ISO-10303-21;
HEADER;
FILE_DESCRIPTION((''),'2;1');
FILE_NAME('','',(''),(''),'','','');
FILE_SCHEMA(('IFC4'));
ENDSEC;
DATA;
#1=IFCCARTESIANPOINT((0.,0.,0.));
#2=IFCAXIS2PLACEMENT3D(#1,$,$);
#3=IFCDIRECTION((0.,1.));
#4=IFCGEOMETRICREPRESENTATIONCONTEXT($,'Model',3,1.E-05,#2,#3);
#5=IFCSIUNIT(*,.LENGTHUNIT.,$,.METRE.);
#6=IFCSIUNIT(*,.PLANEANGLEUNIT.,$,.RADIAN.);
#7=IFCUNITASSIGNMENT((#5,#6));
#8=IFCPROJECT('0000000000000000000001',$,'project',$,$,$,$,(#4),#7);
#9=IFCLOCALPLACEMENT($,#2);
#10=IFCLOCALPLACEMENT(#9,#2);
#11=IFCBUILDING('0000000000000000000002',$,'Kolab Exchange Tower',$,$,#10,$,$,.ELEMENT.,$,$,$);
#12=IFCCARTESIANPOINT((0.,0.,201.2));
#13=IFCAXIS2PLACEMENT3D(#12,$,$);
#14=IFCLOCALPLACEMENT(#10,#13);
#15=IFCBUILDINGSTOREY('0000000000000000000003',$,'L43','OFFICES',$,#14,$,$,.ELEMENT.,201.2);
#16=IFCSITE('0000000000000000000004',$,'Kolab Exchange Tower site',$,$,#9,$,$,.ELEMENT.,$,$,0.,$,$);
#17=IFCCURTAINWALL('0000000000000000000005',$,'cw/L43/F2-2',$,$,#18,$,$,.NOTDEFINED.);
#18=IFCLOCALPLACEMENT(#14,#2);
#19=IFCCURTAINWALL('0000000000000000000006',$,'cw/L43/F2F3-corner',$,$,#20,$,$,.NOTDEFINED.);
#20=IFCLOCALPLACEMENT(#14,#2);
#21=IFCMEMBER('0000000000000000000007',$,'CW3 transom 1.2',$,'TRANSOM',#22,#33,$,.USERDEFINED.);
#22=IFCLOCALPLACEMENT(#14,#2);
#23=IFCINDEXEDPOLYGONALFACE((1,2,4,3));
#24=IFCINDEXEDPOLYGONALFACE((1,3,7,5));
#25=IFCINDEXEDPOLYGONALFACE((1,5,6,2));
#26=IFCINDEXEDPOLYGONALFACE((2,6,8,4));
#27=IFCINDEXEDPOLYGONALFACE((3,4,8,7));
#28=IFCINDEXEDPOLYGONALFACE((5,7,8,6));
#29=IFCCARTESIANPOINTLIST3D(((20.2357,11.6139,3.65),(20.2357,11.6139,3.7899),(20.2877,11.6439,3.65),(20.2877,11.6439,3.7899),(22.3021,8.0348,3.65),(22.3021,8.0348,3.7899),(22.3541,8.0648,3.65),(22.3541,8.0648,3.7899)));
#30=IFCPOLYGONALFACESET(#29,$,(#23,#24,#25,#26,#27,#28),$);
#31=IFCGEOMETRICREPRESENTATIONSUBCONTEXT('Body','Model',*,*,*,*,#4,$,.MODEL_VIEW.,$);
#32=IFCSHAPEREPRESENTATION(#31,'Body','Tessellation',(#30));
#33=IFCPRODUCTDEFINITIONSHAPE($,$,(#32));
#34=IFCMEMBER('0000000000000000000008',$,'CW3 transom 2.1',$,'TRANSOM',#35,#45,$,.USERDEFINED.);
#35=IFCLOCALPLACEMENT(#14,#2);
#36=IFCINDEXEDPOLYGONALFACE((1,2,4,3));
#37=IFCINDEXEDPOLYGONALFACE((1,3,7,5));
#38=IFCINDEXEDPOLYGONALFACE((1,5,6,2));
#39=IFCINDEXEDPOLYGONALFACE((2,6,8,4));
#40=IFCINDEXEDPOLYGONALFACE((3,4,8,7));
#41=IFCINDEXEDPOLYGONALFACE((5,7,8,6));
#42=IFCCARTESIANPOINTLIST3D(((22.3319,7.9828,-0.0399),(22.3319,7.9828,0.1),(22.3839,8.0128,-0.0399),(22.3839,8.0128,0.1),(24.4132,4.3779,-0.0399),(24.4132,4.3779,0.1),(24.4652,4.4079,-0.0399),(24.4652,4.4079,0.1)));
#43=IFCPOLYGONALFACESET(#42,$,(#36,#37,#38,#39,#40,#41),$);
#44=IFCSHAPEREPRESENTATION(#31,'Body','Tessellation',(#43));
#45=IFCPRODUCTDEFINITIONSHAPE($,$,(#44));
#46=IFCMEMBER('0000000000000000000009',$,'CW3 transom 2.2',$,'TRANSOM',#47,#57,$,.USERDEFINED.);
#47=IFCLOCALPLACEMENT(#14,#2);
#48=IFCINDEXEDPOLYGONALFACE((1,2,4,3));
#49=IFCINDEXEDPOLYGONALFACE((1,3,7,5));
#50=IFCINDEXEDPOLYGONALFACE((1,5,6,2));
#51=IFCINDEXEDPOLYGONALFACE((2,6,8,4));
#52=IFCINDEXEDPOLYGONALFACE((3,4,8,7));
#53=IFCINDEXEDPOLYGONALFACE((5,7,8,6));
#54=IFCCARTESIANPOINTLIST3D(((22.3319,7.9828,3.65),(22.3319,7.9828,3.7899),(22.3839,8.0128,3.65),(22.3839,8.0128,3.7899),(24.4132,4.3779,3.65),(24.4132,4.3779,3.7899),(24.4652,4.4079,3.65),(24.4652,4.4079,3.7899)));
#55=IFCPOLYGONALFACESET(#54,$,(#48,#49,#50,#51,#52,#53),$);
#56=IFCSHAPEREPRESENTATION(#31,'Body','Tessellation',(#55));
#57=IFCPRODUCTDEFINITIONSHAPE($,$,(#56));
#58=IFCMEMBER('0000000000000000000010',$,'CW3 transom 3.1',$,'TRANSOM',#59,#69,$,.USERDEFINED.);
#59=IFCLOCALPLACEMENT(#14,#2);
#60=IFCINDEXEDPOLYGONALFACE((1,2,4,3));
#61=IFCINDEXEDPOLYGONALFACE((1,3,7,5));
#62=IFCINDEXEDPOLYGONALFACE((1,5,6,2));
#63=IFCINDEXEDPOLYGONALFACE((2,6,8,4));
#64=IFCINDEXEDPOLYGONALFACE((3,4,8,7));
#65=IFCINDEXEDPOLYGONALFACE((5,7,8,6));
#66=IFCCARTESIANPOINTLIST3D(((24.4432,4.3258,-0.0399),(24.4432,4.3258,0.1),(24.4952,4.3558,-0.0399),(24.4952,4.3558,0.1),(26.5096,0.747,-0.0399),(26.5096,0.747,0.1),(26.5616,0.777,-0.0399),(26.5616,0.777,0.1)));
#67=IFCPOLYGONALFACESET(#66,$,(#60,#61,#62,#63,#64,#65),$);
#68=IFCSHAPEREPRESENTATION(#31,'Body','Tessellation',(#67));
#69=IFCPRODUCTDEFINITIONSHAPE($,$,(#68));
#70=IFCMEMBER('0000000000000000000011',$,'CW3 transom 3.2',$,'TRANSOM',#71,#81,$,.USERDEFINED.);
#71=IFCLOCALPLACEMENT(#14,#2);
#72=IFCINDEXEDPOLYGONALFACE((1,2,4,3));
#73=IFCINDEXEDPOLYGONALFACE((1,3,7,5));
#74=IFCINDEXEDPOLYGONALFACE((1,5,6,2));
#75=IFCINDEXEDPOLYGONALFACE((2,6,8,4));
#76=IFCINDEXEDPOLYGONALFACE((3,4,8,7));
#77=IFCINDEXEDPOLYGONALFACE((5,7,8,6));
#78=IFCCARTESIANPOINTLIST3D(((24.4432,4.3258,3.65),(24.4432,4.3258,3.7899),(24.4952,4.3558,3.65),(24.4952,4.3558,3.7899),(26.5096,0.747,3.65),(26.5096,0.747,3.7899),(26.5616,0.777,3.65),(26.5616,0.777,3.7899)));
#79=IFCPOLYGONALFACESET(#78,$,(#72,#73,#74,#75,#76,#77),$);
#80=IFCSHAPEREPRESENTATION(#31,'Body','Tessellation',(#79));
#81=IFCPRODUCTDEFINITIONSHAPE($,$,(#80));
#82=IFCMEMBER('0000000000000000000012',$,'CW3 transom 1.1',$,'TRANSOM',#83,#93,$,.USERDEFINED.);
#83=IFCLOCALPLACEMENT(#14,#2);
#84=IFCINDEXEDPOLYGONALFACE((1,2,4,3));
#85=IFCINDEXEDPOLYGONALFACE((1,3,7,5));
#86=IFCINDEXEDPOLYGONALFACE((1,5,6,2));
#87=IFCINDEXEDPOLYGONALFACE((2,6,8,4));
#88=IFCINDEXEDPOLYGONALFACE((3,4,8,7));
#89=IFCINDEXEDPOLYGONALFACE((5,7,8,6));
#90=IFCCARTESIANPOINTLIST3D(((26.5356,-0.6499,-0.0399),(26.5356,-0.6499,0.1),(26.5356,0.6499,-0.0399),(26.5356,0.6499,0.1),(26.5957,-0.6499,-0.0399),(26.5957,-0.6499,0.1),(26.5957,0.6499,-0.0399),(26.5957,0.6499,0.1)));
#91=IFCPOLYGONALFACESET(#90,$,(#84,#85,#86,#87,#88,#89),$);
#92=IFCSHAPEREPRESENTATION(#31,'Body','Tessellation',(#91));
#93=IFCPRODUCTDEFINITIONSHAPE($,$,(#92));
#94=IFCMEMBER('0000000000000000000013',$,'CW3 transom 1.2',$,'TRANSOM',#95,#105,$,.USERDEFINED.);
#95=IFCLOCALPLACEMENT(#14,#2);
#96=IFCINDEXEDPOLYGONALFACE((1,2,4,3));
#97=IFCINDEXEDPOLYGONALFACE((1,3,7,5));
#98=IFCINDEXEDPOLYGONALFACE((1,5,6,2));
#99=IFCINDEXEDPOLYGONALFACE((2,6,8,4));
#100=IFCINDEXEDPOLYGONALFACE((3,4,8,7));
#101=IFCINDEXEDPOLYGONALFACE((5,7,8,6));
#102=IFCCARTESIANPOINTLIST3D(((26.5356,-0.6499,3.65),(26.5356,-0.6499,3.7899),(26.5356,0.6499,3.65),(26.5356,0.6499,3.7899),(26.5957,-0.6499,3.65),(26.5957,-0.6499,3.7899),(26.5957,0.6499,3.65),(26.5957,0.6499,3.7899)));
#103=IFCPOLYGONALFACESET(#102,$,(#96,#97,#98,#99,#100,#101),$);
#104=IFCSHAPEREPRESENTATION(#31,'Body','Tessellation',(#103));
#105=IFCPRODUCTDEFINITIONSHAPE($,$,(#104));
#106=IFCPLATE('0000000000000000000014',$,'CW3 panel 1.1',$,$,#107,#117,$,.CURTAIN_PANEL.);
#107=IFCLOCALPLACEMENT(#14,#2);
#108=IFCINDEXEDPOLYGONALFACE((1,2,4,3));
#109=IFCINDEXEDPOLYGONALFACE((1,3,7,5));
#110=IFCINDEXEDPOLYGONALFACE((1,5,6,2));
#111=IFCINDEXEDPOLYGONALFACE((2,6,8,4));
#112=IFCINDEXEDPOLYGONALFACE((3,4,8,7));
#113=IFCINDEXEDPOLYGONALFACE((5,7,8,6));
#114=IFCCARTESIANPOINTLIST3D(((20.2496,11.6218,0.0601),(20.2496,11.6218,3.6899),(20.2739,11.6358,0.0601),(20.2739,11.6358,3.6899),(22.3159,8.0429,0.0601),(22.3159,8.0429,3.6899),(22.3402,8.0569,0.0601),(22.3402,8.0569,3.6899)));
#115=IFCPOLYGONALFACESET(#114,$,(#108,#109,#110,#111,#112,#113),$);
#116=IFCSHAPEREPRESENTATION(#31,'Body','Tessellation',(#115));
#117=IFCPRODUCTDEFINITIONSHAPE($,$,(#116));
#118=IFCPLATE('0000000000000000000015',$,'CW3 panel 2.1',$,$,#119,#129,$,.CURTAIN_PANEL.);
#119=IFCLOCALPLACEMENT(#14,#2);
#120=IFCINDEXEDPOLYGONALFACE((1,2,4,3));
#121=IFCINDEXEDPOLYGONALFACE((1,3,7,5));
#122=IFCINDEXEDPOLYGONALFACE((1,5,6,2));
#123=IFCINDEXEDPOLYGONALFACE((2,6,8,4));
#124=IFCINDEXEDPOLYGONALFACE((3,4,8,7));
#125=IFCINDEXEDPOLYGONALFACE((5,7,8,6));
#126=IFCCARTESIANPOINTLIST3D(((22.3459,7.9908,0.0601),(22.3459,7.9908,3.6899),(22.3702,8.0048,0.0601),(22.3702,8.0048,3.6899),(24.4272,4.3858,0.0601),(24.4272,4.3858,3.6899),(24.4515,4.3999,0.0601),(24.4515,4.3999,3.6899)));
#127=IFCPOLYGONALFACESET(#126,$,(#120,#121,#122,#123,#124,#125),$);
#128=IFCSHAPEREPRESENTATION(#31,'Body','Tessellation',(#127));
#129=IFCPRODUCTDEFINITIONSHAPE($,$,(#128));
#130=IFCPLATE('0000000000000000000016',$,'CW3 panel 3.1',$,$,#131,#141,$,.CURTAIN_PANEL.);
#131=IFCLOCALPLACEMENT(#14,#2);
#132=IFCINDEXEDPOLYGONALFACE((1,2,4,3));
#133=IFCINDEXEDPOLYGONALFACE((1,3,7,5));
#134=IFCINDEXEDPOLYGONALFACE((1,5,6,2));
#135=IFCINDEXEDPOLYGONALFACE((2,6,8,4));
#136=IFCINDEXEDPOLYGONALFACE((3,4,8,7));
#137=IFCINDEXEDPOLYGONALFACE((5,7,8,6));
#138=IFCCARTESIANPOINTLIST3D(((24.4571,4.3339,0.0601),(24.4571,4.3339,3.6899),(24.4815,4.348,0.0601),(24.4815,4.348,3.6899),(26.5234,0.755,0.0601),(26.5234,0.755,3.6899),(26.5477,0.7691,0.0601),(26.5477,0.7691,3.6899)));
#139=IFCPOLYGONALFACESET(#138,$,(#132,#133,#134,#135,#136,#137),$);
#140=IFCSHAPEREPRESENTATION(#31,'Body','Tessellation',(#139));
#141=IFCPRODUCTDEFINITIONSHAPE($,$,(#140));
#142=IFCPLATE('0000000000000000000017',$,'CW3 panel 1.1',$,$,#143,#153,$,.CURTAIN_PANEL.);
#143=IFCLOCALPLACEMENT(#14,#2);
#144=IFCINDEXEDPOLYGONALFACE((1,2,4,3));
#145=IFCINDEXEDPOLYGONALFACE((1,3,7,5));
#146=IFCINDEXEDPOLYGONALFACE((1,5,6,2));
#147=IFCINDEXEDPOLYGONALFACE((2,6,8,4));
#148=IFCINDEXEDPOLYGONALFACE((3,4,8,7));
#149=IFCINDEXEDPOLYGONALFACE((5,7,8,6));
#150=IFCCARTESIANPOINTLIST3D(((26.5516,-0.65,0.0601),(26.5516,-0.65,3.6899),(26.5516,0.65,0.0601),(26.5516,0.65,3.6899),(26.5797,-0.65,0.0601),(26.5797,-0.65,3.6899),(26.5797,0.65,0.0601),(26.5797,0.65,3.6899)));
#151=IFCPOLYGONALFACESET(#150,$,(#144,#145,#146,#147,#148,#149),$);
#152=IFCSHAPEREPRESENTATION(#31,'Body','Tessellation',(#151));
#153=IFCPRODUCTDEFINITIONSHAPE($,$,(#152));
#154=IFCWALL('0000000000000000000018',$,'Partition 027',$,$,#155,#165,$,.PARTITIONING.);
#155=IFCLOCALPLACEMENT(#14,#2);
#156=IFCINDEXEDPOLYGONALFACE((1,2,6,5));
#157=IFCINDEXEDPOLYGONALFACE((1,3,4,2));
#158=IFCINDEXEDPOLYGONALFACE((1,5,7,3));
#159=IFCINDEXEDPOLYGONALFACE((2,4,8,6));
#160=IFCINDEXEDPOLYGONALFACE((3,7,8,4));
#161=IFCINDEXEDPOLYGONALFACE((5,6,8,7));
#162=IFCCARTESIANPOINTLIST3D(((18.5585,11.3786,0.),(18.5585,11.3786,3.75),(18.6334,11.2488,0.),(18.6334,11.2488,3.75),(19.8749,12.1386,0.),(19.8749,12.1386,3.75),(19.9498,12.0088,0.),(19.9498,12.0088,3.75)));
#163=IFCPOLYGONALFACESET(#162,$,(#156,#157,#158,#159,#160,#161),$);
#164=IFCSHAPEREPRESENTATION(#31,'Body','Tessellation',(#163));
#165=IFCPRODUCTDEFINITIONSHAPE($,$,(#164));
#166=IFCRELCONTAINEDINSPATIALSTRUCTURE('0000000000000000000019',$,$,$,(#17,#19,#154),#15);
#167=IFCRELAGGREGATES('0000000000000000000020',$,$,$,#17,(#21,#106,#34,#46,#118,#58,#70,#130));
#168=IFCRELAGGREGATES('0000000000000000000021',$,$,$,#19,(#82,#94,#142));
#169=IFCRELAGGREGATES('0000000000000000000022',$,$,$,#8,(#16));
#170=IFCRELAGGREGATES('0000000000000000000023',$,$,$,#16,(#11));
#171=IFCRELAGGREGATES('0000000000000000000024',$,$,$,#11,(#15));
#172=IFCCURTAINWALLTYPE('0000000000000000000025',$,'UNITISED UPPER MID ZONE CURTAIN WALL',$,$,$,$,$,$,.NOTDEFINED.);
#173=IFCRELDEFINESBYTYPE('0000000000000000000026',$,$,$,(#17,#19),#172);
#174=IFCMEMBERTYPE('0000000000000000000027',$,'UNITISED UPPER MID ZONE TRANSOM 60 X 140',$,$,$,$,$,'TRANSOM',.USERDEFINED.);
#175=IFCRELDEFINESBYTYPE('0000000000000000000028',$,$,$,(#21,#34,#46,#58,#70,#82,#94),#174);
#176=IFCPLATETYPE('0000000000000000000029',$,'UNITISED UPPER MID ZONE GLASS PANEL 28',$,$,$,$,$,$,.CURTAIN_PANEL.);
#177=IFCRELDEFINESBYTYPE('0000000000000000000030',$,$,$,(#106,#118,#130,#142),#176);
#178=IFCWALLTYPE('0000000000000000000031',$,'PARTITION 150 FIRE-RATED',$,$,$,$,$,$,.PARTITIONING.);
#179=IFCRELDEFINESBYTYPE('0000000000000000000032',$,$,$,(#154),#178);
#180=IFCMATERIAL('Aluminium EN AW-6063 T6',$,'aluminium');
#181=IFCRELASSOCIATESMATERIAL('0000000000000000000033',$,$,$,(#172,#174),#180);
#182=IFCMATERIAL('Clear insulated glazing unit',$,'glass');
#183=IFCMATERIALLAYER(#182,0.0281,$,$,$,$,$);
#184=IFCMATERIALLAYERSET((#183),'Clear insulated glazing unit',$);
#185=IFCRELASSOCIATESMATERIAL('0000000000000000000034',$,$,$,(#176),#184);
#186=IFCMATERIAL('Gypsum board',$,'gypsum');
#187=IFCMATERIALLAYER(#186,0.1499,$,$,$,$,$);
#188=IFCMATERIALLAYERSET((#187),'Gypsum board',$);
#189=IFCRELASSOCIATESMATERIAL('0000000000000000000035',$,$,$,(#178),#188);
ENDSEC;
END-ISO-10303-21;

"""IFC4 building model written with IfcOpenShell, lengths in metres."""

from ifc_helpers import new_model, si_unit, direction, frame, frame_2d, origin, origin_2d, place, context, subcontext, project, spatial, rectangle, extrude, material, layer, layer_set, material_profile, profile_set, type_object, element, aggregate, save


model = new_model("IFC4")

# Units and contexts
model_context = context("Model", 3, precision=1e-05, world=origin(), true_north=direction((0.0, 1.0)))
body_context = subcontext(model_context, "Body", "Model", "MODEL_VIEW")
ifc_project = project(units=[si_unit("LENGTHUNIT", "METRE"), si_unit("PLANEANGLEUNIT", "RADIAN")], contexts=[model_context])

# Site, building, storey
site_placement = place(None, origin())
site = spatial("IfcSite", under=ifc_project, at=site_placement, Name="Kolab Exchange Tower site", CompositionType="ELEMENT", RefElevation=0.0)
building_placement = place(site_placement, origin())
building = spatial("IfcBuilding", under=site, at=building_placement, Name="Kolab Exchange Tower", CompositionType="ELEMENT")
storey_placement = place(building_placement, frame((0.0, 0.0, 201.2)))
storey = spatial("IfcBuildingStorey", under=building, at=storey_placement, Name="L43", Description="OFFICES", CompositionType="ELEMENT", Elevation=201.2)

# Curtain wall
ifc_material_1 = material(Name="Aluminium EN AW-6063 T6", Category="aluminium")
curtain_wall_type = type_object("IfcCurtainWallType", Name="UNITISED UPPER MID ZONE CURTAIN WALL", PredefinedType="NOTDEFINED", material=ifc_material_1)
curtain_wall_1_placement = place(storey_placement, origin())
curtain_wall_1 = element("IfcCurtainWall", 1, at=curtain_wall_1_placement, inside=storey, type_object=curtain_wall_type, Name="cw/L43/F2-2", PredefinedType="NOTDEFINED")

# Curtain wall
curtain_wall_2_placement = place(storey_placement, origin())
curtain_wall_2 = element("IfcCurtainWall", 2, at=curtain_wall_2_placement, inside=storey, type_object=curtain_wall_type, Name="cw/L43/F2F3-corner", PredefinedType="NOTDEFINED")

# Members
ifc_material_profile_1 = material_profile(ifc_material_1, rectangle(XDim=0.0601, YDim=0.1399, at=origin_2d()), Name="RECT 60X140")
ifc_profile_set_1 = profile_set([ifc_material_profile_1], Name="Aluminium EN AW-6063 T6")
member_type_1 = type_object("IfcMemberType", Name="UNITISED UPPER MID ZONE TRANSOM 60 X 140", ElementType="TRANSOM", PredefinedType="USERDEFINED", material=ifc_profile_set_1)
member_1_placement = place(storey_placement, frame((20.2617, 11.6289, 3.72), z_axis=(0.500002, -0.866024, 0.0), x_axis=(0.866024, 0.500002, 0.0)))
member_1 = element("IfcMember", 3, at=member_1_placement, type_object=member_type_1, Name="CW3 transom 1.2", ObjectType="TRANSOM", PredefinedType="USERDEFINED", context=body_context, shape_type="SweptSolid", body=[
    extrude(rectangle(XDim=0.0601, YDim=0.1399, at=origin_2d()), origin(), (0.0, 0.0, 1.0), 4.1328),
])
member_2_placement = place(storey_placement, frame((22.3579, 7.9978, 0.03), z_axis=(0.499993, -0.866029, 0.0), x_axis=(0.866029, 0.499993, 0.0)))
member_2 = element("IfcMember", 4, at=member_2_placement, type_object=member_type_1, Name="CW3 transom 2.1", ObjectType="TRANSOM", PredefinedType="USERDEFINED", context=body_context, shape_type="SweptSolid", body=[
    extrude(rectangle(XDim=0.0601, YDim=0.1399, at=origin_2d()), origin(), (0.0, 0.0, 1.0), 4.1626),
])
member_3_placement = place(storey_placement, frame((22.3579, 7.9978, 3.72), z_axis=(0.499993, -0.866029, 0.0), x_axis=(0.866029, 0.499993, 0.0)))
member_3 = element("IfcMember", 5, at=member_3_placement, type_object=member_type_1, Name="CW3 transom 2.2", ObjectType="TRANSOM", PredefinedType="USERDEFINED", context=body_context, shape_type="SweptSolid", body=[
    extrude(rectangle(XDim=0.0601, YDim=0.1399, at=origin_2d()), origin(), (0.0, 0.0, 1.0), 4.1626),
])
member_4_placement = place(storey_placement, frame((24.4692, 4.3408, 0.03), z_axis=(0.500028, -0.866009, 0.0), x_axis=(0.866009, 0.500028, 0.0)))
member_4 = element("IfcMember", 6, at=member_4_placement, type_object=member_type_1, Name="CW3 transom 3.1", ObjectType="TRANSOM", PredefinedType="USERDEFINED", context=body_context, shape_type="SweptSolid", body=[
    extrude(rectangle(XDim=0.0601, YDim=0.1399, at=origin_2d()), origin(), (0.0, 0.0, 1.0), 4.1326),
])
member_5_placement = place(storey_placement, frame((24.4692, 4.3408, 3.72), z_axis=(0.500028, -0.866009, 0.0), x_axis=(0.866009, 0.500028, 0.0)))
member_5 = element("IfcMember", 7, at=member_5_placement, type_object=member_type_1, Name="CW3 transom 3.2", ObjectType="TRANSOM", PredefinedType="USERDEFINED", context=body_context, shape_type="SweptSolid", body=[
    extrude(rectangle(XDim=0.0601, YDim=0.1399, at=origin_2d()), origin(), (0.0, 0.0, 1.0), 4.1326),
])
member_6_placement = place(storey_placement, frame((26.5657, 0.6499, 0.03), z_axis=(0.0, -1.0, 0.0), x_axis=(1.0, 0.0, 0.0)))
member_6 = element("IfcMember", 8, at=member_6_placement, type_object=member_type_1, Name="CW3 transom 1.1", ObjectType="TRANSOM", PredefinedType="USERDEFINED", context=body_context, shape_type="SweptSolid", body=[
    extrude(rectangle(XDim=0.0601, YDim=0.1399, at=origin_2d()), origin(), (0.0, 0.0, 1.0), 1.2998),
])
member_7_placement = place(storey_placement, frame((26.5657, 0.6499, 3.72), z_axis=(0.0, -1.0, 0.0), x_axis=(1.0, 0.0, 0.0)))
member_7 = element("IfcMember", 9, at=member_7_placement, type_object=member_type_1, Name="CW3 transom 1.2", ObjectType="TRANSOM", PredefinedType="USERDEFINED", context=body_context, shape_type="SweptSolid", body=[
    extrude(rectangle(XDim=0.0601, YDim=0.1399, at=origin_2d()), origin(), (0.0, 0.0, 1.0), 1.2998),
])

# Plates
ifc_material_2 = material(Name="Clear insulated glazing unit", Category="glass")
ifc_layer_1 = layer(ifc_material_2, 0.0281)
ifc_layer_set_1 = layer_set([ifc_layer_1], Name="Clear insulated glazing unit")
plate_type = type_object("IfcPlateType", Name="UNITISED UPPER MID ZONE GLASS PANEL 28", PredefinedType="CURTAIN_PANEL", material=ifc_layer_set_1)
plate_1_placement = place(storey_placement, frame((21.2949, 9.8394, 0.0601), z_axis=(0.0, 0.0, 1.0), x_axis=(0.5, -0.866025, 0.0)))
plate_1 = element("IfcPlate", 10, at=plate_1_placement, type_object=plate_type, Name="CW3 panel 1.1", PredefinedType="CURTAIN_PANEL", context=body_context, shape_type="SweptSolid", body=[
    extrude(rectangle(XDim=4.1326, YDim=0.0281, at=origin_2d()), origin(), (0.0, 0.0, 1.0), 3.6299),
])
plate_2_placement = place(storey_placement, frame((23.3987, 6.1953, 0.0601), z_axis=(0.0, 0.0, 1.0), x_axis=(0.5, -0.866025, 0.0)))
plate_2 = element("IfcPlate", 11, at=plate_2_placement, type_object=plate_type, Name="CW3 panel 2.1", PredefinedType="CURTAIN_PANEL", context=body_context, shape_type="SweptSolid", body=[
    extrude(rectangle(XDim=4.1626, YDim=0.0281, at=origin_2d()), origin(), (0.0, 0.0, 1.0), 3.6299),
])
plate_3_placement = place(storey_placement, frame((25.5024, 2.5515, 0.0601), z_axis=(0.0, 0.0, 1.0), x_axis=(0.5, -0.866025, 0.0)))
plate_3 = element("IfcPlate", 12, at=plate_3_placement, type_object=plate_type, Name="CW3 panel 3.1", PredefinedType="CURTAIN_PANEL", context=body_context, shape_type="SweptSolid", body=[
    extrude(rectangle(XDim=4.1326, YDim=0.0281, at=origin_2d()), origin(), (0.0, 0.0, 1.0), 3.6299),
])
aggregate(curtain_wall_1, [member_1, plate_1, member_2, member_3, plate_2, member_4, member_5, plate_3])
plate_4_placement = place(storey_placement, frame((26.5657, 0.0, 0.0601), z_axis=(0.0, 0.0, 1.0), x_axis=(0.0, -1.0, 0.0)))
plate_4 = element("IfcPlate", 13, at=plate_4_placement, type_object=plate_type, Name="CW3 panel 1.1", PredefinedType="CURTAIN_PANEL", context=body_context, shape_type="SweptSolid", body=[
    extrude(rectangle(XDim=1.3, YDim=0.0281, at=origin_2d()), origin(), (0.0, 0.0, 1.0), 3.6299),
])
aggregate(curtain_wall_2, [member_6, member_7, plate_4])

# Wall
ifc_material_3 = material(Name="Gypsum board", Category="gypsum")
ifc_layer_2 = layer(ifc_material_3, 0.1499)
ifc_layer_set_2 = layer_set([ifc_layer_2], Name="Gypsum board")
wall_type = type_object("IfcWallType", Name="PARTITION 150 FIRE-RATED", PredefinedType="PARTITIONING", material=ifc_layer_set_2)
wall_placement = place(storey_placement, frame((18.5959, 11.3137, 0.0), z_axis=(0.0, 0.0, 1.0), x_axis=(0.86603, 0.499991, 0.0)))
element("IfcWall", 14, at=wall_placement, inside=storey, type_object=wall_type, Name="Partition 027", PredefinedType="PARTITIONING", context=body_context, shape_type="SweptSolid", body=[
    extrude(rectangle(XDim=1.52, YDim=0.1499, at=frame_2d((0.76, 0.0))), origin(), (0.0, 0.0, 1.0), 3.75),
])

save(model, "model.ifc")
